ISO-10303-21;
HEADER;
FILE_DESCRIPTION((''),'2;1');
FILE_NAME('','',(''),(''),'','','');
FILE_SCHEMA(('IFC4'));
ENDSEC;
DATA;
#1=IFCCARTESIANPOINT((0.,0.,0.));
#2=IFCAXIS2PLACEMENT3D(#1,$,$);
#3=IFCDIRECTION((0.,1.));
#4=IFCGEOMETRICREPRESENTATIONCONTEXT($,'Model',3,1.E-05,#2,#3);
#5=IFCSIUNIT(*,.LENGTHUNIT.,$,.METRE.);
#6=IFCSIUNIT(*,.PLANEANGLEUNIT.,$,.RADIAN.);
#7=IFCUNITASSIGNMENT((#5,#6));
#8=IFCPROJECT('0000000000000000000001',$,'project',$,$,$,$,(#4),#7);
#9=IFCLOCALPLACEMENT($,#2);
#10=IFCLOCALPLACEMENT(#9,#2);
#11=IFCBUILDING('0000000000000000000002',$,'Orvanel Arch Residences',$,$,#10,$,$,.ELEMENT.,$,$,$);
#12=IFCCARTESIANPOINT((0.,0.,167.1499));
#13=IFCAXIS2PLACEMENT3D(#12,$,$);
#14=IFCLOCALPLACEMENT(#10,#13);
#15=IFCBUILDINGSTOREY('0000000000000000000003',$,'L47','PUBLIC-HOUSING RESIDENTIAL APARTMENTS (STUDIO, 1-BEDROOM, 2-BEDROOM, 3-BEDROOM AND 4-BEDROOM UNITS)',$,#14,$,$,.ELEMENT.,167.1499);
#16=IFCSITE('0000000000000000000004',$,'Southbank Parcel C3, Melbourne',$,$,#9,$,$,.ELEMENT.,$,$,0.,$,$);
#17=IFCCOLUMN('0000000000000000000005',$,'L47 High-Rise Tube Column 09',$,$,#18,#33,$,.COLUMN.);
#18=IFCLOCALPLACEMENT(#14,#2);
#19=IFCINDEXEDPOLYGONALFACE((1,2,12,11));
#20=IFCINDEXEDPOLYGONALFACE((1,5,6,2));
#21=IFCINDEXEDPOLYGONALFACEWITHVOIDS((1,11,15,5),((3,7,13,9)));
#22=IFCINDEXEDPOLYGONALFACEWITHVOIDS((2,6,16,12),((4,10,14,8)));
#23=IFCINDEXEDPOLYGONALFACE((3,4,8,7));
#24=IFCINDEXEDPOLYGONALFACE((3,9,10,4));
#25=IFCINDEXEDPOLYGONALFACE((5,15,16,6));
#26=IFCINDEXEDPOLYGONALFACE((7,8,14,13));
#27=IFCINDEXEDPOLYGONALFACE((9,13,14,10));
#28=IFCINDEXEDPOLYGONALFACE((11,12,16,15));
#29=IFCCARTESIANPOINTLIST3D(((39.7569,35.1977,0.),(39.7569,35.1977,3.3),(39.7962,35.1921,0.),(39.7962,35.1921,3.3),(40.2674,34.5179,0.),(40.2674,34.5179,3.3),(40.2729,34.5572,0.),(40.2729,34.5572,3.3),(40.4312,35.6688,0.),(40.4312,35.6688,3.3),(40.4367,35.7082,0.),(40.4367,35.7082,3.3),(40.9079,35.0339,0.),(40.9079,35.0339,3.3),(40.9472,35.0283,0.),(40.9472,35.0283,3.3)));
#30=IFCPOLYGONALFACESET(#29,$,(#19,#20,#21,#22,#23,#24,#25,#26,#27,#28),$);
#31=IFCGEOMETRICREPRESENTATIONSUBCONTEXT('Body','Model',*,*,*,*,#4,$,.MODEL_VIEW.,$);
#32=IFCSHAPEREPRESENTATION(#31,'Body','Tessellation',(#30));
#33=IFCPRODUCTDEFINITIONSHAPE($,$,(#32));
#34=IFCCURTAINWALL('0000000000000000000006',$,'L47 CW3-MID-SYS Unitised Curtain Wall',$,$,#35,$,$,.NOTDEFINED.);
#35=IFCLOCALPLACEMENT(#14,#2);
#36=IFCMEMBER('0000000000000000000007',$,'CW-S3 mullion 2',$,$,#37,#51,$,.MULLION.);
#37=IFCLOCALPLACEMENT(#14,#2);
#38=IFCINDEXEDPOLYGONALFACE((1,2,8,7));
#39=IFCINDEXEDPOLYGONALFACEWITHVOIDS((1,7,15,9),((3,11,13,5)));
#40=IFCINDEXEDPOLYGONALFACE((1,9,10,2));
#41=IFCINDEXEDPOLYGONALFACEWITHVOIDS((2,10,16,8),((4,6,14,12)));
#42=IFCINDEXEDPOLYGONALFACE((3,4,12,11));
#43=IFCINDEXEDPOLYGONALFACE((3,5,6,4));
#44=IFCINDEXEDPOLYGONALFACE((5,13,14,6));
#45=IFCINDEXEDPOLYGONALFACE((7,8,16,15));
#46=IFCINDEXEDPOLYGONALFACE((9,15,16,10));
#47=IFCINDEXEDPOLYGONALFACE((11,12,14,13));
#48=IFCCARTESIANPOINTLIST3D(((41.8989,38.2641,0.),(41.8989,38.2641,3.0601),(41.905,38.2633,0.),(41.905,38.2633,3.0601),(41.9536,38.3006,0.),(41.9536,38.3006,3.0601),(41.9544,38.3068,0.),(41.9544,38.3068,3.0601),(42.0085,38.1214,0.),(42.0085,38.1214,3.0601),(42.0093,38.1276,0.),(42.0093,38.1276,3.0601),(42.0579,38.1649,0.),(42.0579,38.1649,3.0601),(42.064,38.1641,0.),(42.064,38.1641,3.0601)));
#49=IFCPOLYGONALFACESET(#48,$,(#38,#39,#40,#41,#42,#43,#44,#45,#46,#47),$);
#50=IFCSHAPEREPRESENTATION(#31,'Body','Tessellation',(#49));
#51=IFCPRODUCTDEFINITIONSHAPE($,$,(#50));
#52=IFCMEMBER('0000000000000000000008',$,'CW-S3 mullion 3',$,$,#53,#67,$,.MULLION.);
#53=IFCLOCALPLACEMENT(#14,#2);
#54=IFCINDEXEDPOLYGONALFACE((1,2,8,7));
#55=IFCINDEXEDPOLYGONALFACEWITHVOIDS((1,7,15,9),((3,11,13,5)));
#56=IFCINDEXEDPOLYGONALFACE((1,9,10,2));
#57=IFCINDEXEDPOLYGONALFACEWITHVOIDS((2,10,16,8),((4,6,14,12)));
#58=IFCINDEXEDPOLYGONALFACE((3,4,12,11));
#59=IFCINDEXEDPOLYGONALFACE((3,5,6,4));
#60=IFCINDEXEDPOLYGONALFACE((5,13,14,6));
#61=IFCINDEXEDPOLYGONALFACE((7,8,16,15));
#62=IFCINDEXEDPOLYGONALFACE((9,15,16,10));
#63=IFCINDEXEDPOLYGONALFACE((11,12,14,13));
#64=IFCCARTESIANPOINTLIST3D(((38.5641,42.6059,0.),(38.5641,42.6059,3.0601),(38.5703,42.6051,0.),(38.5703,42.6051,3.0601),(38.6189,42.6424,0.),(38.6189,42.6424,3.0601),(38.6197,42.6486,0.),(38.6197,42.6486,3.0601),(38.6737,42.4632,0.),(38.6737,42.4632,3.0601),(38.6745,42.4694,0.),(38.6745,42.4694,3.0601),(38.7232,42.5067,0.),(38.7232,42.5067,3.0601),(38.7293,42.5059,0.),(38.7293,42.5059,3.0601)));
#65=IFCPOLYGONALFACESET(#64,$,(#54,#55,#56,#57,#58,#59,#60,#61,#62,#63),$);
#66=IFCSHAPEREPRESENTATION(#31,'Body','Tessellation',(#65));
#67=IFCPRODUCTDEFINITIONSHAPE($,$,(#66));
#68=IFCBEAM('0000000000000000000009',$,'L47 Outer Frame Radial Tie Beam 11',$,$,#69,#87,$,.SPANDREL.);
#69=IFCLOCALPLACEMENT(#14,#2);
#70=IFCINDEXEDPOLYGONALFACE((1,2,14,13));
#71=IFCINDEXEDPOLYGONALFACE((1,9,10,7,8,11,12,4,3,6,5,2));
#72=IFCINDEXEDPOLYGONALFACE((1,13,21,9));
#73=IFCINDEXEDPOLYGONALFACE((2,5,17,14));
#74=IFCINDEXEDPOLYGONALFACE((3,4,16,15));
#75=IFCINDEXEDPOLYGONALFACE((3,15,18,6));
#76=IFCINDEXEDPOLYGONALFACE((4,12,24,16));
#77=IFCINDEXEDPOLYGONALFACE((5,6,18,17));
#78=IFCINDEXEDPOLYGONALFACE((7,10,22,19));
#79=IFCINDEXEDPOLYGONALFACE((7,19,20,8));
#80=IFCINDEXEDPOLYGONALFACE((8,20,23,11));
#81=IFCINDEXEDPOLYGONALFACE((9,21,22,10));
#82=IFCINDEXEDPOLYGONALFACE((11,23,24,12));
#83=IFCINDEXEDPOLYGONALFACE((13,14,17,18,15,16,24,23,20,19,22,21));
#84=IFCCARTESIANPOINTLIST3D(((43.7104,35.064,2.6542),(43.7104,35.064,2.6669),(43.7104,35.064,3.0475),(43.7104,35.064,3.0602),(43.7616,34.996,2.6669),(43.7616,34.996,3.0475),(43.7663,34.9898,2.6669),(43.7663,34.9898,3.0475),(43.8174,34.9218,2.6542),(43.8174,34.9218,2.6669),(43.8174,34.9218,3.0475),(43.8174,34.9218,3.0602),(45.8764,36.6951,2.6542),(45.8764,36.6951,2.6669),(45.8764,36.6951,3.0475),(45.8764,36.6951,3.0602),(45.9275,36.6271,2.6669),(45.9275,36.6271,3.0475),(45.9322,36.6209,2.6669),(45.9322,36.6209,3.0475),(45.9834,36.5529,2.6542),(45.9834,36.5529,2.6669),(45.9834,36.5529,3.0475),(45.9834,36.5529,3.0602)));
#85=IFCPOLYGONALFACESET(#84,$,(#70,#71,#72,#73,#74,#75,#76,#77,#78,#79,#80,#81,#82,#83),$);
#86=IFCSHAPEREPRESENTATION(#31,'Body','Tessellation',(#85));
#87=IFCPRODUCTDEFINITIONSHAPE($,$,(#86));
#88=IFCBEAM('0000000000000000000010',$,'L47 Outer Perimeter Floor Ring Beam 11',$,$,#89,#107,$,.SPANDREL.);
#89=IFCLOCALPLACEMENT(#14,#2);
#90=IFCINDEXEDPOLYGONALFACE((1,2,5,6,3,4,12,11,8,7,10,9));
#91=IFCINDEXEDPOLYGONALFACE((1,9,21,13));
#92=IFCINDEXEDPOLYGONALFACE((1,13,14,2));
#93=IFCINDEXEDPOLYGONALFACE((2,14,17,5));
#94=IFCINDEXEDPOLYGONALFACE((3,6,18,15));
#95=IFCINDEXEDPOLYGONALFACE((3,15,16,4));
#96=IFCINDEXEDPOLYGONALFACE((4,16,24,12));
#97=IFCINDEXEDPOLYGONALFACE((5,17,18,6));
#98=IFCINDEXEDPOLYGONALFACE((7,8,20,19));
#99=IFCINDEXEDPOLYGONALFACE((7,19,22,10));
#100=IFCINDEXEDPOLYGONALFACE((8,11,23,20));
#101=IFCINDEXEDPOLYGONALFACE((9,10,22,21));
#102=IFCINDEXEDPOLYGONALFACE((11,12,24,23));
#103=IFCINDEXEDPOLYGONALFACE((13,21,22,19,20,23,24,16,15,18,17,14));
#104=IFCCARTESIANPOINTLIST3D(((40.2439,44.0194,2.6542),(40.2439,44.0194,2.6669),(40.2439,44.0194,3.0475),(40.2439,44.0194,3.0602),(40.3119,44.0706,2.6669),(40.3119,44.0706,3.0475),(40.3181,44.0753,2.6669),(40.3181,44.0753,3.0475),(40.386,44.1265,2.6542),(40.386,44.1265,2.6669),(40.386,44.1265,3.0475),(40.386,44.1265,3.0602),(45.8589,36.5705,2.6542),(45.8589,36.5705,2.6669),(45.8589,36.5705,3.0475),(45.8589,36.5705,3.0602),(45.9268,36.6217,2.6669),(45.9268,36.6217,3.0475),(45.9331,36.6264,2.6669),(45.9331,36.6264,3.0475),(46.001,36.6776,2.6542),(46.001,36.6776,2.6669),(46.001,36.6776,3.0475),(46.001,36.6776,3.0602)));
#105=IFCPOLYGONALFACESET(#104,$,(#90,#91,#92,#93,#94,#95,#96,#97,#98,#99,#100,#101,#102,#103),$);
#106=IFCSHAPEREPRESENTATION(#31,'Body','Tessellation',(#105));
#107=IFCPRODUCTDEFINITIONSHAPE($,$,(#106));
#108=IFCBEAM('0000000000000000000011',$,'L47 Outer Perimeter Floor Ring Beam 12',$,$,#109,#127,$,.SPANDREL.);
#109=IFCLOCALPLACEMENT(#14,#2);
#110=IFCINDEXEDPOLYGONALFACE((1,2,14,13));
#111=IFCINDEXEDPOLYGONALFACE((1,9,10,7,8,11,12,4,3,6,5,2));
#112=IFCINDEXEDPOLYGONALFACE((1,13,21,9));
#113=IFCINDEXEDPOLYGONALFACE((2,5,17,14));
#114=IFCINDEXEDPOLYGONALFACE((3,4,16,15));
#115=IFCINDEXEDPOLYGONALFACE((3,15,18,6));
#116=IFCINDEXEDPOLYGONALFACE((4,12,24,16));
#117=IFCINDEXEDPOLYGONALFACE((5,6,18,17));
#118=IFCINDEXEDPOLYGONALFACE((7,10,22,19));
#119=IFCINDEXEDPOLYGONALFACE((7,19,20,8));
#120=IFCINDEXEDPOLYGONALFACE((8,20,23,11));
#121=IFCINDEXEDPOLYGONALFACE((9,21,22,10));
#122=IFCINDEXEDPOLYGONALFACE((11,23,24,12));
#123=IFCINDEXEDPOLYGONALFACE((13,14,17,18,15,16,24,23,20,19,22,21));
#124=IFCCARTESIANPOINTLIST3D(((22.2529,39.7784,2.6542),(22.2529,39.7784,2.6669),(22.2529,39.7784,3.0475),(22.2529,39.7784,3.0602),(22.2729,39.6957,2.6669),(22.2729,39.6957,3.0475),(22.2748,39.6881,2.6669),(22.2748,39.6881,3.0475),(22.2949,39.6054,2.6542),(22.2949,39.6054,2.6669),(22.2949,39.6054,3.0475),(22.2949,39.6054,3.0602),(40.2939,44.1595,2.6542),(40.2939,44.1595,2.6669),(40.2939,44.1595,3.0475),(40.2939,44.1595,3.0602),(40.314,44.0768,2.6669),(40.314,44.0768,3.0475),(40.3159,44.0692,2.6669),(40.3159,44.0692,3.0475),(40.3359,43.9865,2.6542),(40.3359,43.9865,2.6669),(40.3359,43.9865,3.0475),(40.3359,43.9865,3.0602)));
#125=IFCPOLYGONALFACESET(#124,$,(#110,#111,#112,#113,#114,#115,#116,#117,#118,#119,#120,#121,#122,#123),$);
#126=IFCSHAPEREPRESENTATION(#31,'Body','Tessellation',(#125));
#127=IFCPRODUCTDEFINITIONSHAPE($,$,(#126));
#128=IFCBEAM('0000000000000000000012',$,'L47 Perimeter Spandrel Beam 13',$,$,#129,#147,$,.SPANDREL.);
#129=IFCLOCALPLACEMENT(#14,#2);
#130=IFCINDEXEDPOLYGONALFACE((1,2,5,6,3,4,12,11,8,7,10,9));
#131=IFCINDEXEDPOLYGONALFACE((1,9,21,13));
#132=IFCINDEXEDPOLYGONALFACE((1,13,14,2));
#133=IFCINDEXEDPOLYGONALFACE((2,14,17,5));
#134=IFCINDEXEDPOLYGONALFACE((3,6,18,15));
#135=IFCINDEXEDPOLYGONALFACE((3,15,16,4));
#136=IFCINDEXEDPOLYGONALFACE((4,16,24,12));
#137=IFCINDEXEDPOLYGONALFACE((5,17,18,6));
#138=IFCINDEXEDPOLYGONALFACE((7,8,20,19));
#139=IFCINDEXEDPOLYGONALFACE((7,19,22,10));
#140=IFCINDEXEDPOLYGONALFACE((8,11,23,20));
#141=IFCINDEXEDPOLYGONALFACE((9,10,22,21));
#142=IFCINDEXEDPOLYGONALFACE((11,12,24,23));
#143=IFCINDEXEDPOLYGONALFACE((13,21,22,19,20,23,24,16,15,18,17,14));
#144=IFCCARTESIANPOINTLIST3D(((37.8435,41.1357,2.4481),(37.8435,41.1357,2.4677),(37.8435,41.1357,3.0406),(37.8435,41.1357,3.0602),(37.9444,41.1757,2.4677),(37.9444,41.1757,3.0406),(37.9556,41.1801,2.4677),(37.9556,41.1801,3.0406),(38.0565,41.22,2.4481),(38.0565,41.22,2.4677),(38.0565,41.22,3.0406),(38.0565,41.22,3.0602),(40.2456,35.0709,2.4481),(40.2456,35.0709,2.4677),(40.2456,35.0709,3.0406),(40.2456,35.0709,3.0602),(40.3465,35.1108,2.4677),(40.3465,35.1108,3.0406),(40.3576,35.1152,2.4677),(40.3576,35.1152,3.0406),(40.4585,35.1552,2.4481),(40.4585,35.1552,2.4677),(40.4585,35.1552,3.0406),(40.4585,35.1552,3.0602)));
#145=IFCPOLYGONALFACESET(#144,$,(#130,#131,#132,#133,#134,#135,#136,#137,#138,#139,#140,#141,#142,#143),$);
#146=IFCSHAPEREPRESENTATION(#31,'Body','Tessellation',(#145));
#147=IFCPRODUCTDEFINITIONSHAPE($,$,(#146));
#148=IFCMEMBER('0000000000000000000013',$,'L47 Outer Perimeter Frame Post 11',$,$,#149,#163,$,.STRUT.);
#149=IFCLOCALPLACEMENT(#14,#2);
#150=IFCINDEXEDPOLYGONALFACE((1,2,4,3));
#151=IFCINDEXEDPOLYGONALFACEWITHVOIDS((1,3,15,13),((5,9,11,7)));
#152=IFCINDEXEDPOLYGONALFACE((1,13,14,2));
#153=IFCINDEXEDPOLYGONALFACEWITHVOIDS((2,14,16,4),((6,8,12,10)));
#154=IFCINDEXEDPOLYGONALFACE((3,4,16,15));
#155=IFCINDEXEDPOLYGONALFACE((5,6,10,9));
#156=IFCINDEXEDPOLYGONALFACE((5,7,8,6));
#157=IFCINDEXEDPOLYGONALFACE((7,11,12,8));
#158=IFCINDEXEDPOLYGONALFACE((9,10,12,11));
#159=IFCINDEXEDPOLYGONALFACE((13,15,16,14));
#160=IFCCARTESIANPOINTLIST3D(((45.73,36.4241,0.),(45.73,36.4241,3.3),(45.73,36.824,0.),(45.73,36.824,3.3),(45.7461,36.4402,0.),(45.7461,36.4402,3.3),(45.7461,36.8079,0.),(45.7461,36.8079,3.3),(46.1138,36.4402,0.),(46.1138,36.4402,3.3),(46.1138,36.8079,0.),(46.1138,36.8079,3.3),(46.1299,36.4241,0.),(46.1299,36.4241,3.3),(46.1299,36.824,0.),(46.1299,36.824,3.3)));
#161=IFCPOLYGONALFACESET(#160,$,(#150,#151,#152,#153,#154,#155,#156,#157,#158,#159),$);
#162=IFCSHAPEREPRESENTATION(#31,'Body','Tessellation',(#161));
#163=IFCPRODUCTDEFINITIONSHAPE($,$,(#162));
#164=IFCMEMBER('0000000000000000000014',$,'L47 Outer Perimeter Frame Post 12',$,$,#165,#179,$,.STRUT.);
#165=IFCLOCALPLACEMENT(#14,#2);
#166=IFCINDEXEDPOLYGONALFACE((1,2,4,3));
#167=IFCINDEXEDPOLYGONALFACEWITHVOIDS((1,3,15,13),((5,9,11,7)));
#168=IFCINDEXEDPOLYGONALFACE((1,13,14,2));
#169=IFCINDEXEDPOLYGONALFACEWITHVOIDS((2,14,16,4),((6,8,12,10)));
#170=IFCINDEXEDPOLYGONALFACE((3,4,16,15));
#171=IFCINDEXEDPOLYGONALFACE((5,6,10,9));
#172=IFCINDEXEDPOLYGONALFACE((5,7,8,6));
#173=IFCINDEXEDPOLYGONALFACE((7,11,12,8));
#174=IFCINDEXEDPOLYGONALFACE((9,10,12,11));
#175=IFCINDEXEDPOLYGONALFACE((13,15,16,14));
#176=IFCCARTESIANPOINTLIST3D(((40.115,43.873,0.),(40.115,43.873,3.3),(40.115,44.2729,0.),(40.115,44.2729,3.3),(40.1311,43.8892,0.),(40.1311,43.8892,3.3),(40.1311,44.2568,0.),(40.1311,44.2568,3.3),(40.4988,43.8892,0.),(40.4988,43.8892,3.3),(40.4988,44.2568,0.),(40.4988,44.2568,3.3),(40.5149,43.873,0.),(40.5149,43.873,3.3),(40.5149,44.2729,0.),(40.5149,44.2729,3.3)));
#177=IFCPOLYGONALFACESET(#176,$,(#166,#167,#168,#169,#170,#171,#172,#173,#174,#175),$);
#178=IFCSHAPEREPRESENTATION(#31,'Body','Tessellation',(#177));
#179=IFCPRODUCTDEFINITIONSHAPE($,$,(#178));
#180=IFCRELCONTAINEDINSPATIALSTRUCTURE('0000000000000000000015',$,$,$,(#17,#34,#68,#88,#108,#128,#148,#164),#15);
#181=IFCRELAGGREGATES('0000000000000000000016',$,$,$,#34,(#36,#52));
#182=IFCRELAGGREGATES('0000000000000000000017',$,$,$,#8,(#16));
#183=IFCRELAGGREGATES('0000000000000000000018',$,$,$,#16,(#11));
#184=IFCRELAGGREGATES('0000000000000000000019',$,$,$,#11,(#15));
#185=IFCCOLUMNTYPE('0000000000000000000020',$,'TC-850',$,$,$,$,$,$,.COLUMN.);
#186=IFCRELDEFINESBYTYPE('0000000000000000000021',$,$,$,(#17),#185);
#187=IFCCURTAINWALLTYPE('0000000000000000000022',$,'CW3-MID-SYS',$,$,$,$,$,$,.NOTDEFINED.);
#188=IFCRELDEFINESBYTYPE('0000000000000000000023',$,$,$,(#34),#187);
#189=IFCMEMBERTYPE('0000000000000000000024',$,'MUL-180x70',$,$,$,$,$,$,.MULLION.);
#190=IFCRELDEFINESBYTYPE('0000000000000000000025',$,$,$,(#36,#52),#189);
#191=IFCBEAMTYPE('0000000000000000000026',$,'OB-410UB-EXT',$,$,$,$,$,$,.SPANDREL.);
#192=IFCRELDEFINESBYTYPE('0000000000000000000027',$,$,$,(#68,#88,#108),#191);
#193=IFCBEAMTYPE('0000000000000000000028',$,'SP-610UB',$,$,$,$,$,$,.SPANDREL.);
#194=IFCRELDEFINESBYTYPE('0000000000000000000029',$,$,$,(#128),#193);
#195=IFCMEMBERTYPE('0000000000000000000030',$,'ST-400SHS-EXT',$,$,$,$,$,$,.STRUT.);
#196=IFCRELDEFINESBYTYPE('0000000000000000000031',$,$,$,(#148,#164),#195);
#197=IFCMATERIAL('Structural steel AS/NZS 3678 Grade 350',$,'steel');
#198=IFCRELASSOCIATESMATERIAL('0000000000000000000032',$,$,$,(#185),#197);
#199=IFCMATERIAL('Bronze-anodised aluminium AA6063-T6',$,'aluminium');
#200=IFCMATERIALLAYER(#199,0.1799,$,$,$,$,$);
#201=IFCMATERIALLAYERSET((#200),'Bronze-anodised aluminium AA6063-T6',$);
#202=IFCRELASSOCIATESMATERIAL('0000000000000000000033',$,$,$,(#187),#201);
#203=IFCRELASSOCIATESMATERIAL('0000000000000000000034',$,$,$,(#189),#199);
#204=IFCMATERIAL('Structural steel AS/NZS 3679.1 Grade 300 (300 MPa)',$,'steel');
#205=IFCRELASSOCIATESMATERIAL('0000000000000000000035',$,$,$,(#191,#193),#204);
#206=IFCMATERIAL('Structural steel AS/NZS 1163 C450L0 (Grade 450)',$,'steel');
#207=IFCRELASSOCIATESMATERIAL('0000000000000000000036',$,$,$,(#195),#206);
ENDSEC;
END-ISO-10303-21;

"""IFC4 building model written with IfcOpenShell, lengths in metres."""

from ifc_helpers import new_model, si_unit, direction, frame, origin, origin_2d, place, context, subcontext, project, spatial, hollow_rectangle, i_section, extrude, material, layer, layer_set, material_profile, profile_set, type_object, element, aggregate, save


model = new_model("IFC4")

# Units and contexts
model_context = context("Model", 3, precision=1e-05, world=origin(), true_north=direction((0.0, 1.0)))
body_context = subcontext(model_context, "Body", "Model", "MODEL_VIEW")
ifc_project = project(units=[si_unit("LENGTHUNIT", "METRE"), si_unit("PLANEANGLEUNIT", "RADIAN")], contexts=[model_context])

# Site, building, storey
site_placement = place(None, origin())
site = spatial("IfcSite", under=ifc_project, at=site_placement, Name="Southbank Parcel C3, Melbourne", CompositionType="ELEMENT", RefElevation=0.0)
building_placement = place(site_placement, origin())
building = spatial("IfcBuilding", under=site, at=building_placement, Name="Orvanel Arch Residences", CompositionType="ELEMENT")
storey_placement = place(building_placement, frame((0.0, 0.0, 167.1499)))
storey = spatial("IfcBuildingStorey", under=building, at=storey_placement, Name="L47", Description="PUBLIC-HOUSING RESIDENTIAL APARTMENTS (STUDIO, 1-BEDROOM, 2-BEDROOM, 3-BEDROOM AND 4-BEDROOM UNITS)", CompositionType="ELEMENT", Elevation=167.1499)

# Column
ifc_material_1 = material(Name="Structural steel AS/NZS 3678 Grade 350", Category="steel")
ifc_material_profile_1 = material_profile(ifc_material_1, hollow_rectangle(XDim=0.8501, YDim=0.8501, WallThickness=0.0281, at=origin_2d()), Name="BOX850x850x28")
ifc_profile_set_1 = profile_set([ifc_material_profile_1], Name="Structural steel AS/NZS 3678 Grade 350")
column_type = type_object("IfcColumnType", Name="TC-850", PredefinedType="COLUMN", material=ifc_profile_set_1)
column_placement = place(storey_placement, frame((40.3521, 35.113, 0.0), z_axis=(0.0, 0.0, 1.0), x_axis=(-0.60042, 0.799685, 0.0)))
element("IfcColumn", 1, at=column_placement, inside=storey, type_object=column_type, Name="L47 High-Rise Tube Column 09", PredefinedType="COLUMN", context=body_context, shape_type="SweptSolid", body=[
    extrude(hollow_rectangle(XDim=0.8501, YDim=0.8501, WallThickness=0.0281, at=origin_2d()), origin(), (0.0, 0.0, 1.0), 3.3),
])

# Curtain wall, members
ifc_material_2 = material(Name="Bronze-anodised aluminium AA6063-T6", Category="aluminium")
ifc_layer_1 = layer(ifc_material_2, 0.1799)
ifc_layer_set_1 = layer_set([ifc_layer_1], Name="Bronze-anodised aluminium AA6063-T6")
curtain_wall_type = type_object("IfcCurtainWallType", Name="CW3-MID-SYS", PredefinedType="NOTDEFINED", material=ifc_layer_set_1)
curtain_wall_placement = place(storey_placement, origin())
curtain_wall = element("IfcCurtainWall", 2, at=curtain_wall_placement, inside=storey, type_object=curtain_wall_type, Name="L47 CW3-MID-SYS Unitised Curtain Wall", PredefinedType="NOTDEFINED")
ifc_material_profile_2 = material_profile(ifc_material_2, hollow_rectangle(XDim=0.0701, YDim=0.1799, WallThickness=0.0044, at=origin_2d()), Name="ALU180x70x4.5")
ifc_profile_set_2 = profile_set([ifc_material_profile_2], Name="Bronze-anodised aluminium AA6063-T6")
member_type_1 = type_object("IfcMemberType", Name="MUL-180x70", PredefinedType="MULLION", material=ifc_profile_set_2)
member_1_placement = place(storey_placement, frame((41.9814, 38.2141, 0.0), z_axis=(0.0, 0.0, 1.0), x_axis=(-0.793095, -0.609099, 0.0)))
member_1 = element("IfcMember", 3, at=member_1_placement, type_object=member_type_1, Name="CW-S3 mullion 2", PredefinedType="MULLION", context=body_context, shape_type="SweptSolid", body=[
    extrude(hollow_rectangle(XDim=0.0701, YDim=0.1799, WallThickness=0.0044, at=origin_2d()), origin(), (0.0, 0.0, 1.0), 3.0601),
])
member_2_placement = place(storey_placement, frame((38.6467, 42.5559, 0.0), z_axis=(0.0, 0.0, 1.0), x_axis=(-0.793095, -0.609099, 0.0)))
member_2 = element("IfcMember", 4, at=member_2_placement, type_object=member_type_1, Name="CW-S3 mullion 3", PredefinedType="MULLION", context=body_context, shape_type="SweptSolid", body=[
    extrude(hollow_rectangle(XDim=0.0701, YDim=0.1799, WallThickness=0.0044, at=origin_2d()), origin(), (0.0, 0.0, 1.0), 3.0601),
])

# Beams
ifc_material_3 = material(Name="Structural steel AS/NZS 3679.1 Grade 300 (300 MPa)", Category="steel")
ifc_material_profile_3 = material_profile(ifc_material_3, i_section(OverallWidth=0.178, OverallDepth=0.406, WebThickness=0.0078, FlangeThickness=0.0127, at=origin_2d()), Name="410UB59.7")
ifc_profile_set_3 = profile_set([ifc_material_profile_3], Name="Structural steel AS/NZS 3679.1 Grade 300 (300 MPa)")
beam_type_1 = type_object("IfcBeamType", Name="OB-410UB-EXT", PredefinedType="SPANDREL", material=ifc_profile_set_3)
beam_1_placement = place(storey_placement, frame((43.7639, 34.9929, 2.8572), z_axis=(0.798832, 0.601555, 0.0), x_axis=(-0.601555, 0.798832, 0.0)))
element("IfcBeam", 5, at=beam_1_placement, inside=storey, type_object=beam_type_1, Name="L47 Outer Frame Radial Tie Beam 11", PredefinedType="SPANDREL", context=body_context, shape_type="SweptSolid", body=[
    extrude(i_section(OverallWidth=0.178, OverallDepth=0.406, WebThickness=0.0078, FlangeThickness=0.0127, at=origin_2d()), origin(), (0.0, 0.0, 1.0), 2.7114),
])
beam_2_placement = place(storey_placement, frame((45.9299, 36.624, 2.8572), z_axis=(-0.601937, 0.798544, 0.0), x_axis=(-0.798544, -0.601937, 0.0)))
element("IfcBeam", 6, at=beam_2_placement, inside=storey, type_object=beam_type_1, Name="L47 Outer Perimeter Floor Ring Beam 11", PredefinedType="SPANDREL", context=body_context, shape_type="SweptSolid", body=[
    extrude(i_section(OverallWidth=0.178, OverallDepth=0.406, WebThickness=0.0078, FlangeThickness=0.0127, at=origin_2d()), origin(), (0.0, 0.0, 1.0), 9.3281),
])
beam_3_placement = place(storey_placement, frame((40.3149, 44.073, 2.8572), z_axis=(-0.971757, -0.235983, 0.0), x_axis=(0.235983, -0.971757, 0.0)))
element("IfcBeam", 7, at=beam_3_placement, inside=storey, type_object=beam_type_1, Name="L47 Outer Perimeter Floor Ring Beam 12", PredefinedType="SPANDREL", context=body_context, shape_type="SweptSolid", body=[
    extrude(i_section(OverallWidth=0.178, OverallDepth=0.406, WebThickness=0.0078, FlangeThickness=0.0127, at=origin_2d()), origin(), (0.0, 0.0, 1.0), 18.5654),
])
ifc_material_profile_4 = material_profile(ifc_material_3, i_section(OverallWidth=0.229, OverallDepth=0.6121, WebThickness=0.012, FlangeThickness=0.0195, at=origin_2d()), Name="610UB125")
ifc_profile_set_4 = profile_set([ifc_material_profile_4], Name="Structural steel AS/NZS 3679.1 Grade 300 (300 MPa)")
beam_type_2 = type_object("IfcBeamType", Name="SP-610UB", PredefinedType="SPANDREL", material=ifc_profile_set_4)
beam_4_placement = place(storey_placement, frame((40.3521, 35.113, 2.7542), z_axis=(-0.368233, 0.929733, 0.0), x_axis=(-0.929733, -0.368233, 0.0)))
element("IfcBeam", 8, at=beam_4_placement, inside=storey, type_object=beam_type_2, Name="L47 Perimeter Spandrel Beam 13", PredefinedType="SPANDREL", context=body_context, shape_type="SweptSolid", body=[
    extrude(i_section(OverallWidth=0.229, OverallDepth=0.6121, WebThickness=0.012, FlangeThickness=0.0195, at=origin_2d()), origin(), (0.0, 0.0, 1.0), 6.5232),
])

# Members
ifc_material_4 = material(Name="Structural steel AS/NZS 1163 C450L0 (Grade 450)", Category="steel")
ifc_material_profile_5 = material_profile(ifc_material_4, hollow_rectangle(XDim=0.3999, YDim=0.3999, WallThickness=0.0161, at=origin_2d()), Name="SHS400x400x16")
ifc_profile_set_5 = profile_set([ifc_material_profile_5], Name="Structural steel AS/NZS 1163 C450L0 (Grade 450)")
member_type_2 = type_object("IfcMemberType", Name="ST-400SHS-EXT", PredefinedType="STRUT", material=ifc_profile_set_5)
for number, where, z_axis, x_axis, name in (
    (9, (45.9299, 36.624, 0.0), (0.0, 0.0, 1.0), (1.0, 0.0, 0.0), "L47 Outer Perimeter Frame Post 11"),
    (10, (40.3149, 44.073, 0.0), (0.0, 0.0, 1.0), (1.0, 0.0, 0.0), "L47 Outer Perimeter Frame Post 12"),
):
    element("IfcMember", number, at=place(storey_placement, frame(where, z_axis=z_axis, x_axis=x_axis)), inside=storey, type_object=member_type_2, Name=name, PredefinedType="STRUT", context=body_context, shape_type="SweptSolid", body=[
        extrude(hollow_rectangle(XDim=0.3999, YDim=0.3999, WallThickness=0.0161, at=origin_2d()), origin(), (0.0, 0.0, 1.0), 3.3),
    ])

aggregate(curtain_wall, [member_1, member_2])

save(model, "model.ifc")
